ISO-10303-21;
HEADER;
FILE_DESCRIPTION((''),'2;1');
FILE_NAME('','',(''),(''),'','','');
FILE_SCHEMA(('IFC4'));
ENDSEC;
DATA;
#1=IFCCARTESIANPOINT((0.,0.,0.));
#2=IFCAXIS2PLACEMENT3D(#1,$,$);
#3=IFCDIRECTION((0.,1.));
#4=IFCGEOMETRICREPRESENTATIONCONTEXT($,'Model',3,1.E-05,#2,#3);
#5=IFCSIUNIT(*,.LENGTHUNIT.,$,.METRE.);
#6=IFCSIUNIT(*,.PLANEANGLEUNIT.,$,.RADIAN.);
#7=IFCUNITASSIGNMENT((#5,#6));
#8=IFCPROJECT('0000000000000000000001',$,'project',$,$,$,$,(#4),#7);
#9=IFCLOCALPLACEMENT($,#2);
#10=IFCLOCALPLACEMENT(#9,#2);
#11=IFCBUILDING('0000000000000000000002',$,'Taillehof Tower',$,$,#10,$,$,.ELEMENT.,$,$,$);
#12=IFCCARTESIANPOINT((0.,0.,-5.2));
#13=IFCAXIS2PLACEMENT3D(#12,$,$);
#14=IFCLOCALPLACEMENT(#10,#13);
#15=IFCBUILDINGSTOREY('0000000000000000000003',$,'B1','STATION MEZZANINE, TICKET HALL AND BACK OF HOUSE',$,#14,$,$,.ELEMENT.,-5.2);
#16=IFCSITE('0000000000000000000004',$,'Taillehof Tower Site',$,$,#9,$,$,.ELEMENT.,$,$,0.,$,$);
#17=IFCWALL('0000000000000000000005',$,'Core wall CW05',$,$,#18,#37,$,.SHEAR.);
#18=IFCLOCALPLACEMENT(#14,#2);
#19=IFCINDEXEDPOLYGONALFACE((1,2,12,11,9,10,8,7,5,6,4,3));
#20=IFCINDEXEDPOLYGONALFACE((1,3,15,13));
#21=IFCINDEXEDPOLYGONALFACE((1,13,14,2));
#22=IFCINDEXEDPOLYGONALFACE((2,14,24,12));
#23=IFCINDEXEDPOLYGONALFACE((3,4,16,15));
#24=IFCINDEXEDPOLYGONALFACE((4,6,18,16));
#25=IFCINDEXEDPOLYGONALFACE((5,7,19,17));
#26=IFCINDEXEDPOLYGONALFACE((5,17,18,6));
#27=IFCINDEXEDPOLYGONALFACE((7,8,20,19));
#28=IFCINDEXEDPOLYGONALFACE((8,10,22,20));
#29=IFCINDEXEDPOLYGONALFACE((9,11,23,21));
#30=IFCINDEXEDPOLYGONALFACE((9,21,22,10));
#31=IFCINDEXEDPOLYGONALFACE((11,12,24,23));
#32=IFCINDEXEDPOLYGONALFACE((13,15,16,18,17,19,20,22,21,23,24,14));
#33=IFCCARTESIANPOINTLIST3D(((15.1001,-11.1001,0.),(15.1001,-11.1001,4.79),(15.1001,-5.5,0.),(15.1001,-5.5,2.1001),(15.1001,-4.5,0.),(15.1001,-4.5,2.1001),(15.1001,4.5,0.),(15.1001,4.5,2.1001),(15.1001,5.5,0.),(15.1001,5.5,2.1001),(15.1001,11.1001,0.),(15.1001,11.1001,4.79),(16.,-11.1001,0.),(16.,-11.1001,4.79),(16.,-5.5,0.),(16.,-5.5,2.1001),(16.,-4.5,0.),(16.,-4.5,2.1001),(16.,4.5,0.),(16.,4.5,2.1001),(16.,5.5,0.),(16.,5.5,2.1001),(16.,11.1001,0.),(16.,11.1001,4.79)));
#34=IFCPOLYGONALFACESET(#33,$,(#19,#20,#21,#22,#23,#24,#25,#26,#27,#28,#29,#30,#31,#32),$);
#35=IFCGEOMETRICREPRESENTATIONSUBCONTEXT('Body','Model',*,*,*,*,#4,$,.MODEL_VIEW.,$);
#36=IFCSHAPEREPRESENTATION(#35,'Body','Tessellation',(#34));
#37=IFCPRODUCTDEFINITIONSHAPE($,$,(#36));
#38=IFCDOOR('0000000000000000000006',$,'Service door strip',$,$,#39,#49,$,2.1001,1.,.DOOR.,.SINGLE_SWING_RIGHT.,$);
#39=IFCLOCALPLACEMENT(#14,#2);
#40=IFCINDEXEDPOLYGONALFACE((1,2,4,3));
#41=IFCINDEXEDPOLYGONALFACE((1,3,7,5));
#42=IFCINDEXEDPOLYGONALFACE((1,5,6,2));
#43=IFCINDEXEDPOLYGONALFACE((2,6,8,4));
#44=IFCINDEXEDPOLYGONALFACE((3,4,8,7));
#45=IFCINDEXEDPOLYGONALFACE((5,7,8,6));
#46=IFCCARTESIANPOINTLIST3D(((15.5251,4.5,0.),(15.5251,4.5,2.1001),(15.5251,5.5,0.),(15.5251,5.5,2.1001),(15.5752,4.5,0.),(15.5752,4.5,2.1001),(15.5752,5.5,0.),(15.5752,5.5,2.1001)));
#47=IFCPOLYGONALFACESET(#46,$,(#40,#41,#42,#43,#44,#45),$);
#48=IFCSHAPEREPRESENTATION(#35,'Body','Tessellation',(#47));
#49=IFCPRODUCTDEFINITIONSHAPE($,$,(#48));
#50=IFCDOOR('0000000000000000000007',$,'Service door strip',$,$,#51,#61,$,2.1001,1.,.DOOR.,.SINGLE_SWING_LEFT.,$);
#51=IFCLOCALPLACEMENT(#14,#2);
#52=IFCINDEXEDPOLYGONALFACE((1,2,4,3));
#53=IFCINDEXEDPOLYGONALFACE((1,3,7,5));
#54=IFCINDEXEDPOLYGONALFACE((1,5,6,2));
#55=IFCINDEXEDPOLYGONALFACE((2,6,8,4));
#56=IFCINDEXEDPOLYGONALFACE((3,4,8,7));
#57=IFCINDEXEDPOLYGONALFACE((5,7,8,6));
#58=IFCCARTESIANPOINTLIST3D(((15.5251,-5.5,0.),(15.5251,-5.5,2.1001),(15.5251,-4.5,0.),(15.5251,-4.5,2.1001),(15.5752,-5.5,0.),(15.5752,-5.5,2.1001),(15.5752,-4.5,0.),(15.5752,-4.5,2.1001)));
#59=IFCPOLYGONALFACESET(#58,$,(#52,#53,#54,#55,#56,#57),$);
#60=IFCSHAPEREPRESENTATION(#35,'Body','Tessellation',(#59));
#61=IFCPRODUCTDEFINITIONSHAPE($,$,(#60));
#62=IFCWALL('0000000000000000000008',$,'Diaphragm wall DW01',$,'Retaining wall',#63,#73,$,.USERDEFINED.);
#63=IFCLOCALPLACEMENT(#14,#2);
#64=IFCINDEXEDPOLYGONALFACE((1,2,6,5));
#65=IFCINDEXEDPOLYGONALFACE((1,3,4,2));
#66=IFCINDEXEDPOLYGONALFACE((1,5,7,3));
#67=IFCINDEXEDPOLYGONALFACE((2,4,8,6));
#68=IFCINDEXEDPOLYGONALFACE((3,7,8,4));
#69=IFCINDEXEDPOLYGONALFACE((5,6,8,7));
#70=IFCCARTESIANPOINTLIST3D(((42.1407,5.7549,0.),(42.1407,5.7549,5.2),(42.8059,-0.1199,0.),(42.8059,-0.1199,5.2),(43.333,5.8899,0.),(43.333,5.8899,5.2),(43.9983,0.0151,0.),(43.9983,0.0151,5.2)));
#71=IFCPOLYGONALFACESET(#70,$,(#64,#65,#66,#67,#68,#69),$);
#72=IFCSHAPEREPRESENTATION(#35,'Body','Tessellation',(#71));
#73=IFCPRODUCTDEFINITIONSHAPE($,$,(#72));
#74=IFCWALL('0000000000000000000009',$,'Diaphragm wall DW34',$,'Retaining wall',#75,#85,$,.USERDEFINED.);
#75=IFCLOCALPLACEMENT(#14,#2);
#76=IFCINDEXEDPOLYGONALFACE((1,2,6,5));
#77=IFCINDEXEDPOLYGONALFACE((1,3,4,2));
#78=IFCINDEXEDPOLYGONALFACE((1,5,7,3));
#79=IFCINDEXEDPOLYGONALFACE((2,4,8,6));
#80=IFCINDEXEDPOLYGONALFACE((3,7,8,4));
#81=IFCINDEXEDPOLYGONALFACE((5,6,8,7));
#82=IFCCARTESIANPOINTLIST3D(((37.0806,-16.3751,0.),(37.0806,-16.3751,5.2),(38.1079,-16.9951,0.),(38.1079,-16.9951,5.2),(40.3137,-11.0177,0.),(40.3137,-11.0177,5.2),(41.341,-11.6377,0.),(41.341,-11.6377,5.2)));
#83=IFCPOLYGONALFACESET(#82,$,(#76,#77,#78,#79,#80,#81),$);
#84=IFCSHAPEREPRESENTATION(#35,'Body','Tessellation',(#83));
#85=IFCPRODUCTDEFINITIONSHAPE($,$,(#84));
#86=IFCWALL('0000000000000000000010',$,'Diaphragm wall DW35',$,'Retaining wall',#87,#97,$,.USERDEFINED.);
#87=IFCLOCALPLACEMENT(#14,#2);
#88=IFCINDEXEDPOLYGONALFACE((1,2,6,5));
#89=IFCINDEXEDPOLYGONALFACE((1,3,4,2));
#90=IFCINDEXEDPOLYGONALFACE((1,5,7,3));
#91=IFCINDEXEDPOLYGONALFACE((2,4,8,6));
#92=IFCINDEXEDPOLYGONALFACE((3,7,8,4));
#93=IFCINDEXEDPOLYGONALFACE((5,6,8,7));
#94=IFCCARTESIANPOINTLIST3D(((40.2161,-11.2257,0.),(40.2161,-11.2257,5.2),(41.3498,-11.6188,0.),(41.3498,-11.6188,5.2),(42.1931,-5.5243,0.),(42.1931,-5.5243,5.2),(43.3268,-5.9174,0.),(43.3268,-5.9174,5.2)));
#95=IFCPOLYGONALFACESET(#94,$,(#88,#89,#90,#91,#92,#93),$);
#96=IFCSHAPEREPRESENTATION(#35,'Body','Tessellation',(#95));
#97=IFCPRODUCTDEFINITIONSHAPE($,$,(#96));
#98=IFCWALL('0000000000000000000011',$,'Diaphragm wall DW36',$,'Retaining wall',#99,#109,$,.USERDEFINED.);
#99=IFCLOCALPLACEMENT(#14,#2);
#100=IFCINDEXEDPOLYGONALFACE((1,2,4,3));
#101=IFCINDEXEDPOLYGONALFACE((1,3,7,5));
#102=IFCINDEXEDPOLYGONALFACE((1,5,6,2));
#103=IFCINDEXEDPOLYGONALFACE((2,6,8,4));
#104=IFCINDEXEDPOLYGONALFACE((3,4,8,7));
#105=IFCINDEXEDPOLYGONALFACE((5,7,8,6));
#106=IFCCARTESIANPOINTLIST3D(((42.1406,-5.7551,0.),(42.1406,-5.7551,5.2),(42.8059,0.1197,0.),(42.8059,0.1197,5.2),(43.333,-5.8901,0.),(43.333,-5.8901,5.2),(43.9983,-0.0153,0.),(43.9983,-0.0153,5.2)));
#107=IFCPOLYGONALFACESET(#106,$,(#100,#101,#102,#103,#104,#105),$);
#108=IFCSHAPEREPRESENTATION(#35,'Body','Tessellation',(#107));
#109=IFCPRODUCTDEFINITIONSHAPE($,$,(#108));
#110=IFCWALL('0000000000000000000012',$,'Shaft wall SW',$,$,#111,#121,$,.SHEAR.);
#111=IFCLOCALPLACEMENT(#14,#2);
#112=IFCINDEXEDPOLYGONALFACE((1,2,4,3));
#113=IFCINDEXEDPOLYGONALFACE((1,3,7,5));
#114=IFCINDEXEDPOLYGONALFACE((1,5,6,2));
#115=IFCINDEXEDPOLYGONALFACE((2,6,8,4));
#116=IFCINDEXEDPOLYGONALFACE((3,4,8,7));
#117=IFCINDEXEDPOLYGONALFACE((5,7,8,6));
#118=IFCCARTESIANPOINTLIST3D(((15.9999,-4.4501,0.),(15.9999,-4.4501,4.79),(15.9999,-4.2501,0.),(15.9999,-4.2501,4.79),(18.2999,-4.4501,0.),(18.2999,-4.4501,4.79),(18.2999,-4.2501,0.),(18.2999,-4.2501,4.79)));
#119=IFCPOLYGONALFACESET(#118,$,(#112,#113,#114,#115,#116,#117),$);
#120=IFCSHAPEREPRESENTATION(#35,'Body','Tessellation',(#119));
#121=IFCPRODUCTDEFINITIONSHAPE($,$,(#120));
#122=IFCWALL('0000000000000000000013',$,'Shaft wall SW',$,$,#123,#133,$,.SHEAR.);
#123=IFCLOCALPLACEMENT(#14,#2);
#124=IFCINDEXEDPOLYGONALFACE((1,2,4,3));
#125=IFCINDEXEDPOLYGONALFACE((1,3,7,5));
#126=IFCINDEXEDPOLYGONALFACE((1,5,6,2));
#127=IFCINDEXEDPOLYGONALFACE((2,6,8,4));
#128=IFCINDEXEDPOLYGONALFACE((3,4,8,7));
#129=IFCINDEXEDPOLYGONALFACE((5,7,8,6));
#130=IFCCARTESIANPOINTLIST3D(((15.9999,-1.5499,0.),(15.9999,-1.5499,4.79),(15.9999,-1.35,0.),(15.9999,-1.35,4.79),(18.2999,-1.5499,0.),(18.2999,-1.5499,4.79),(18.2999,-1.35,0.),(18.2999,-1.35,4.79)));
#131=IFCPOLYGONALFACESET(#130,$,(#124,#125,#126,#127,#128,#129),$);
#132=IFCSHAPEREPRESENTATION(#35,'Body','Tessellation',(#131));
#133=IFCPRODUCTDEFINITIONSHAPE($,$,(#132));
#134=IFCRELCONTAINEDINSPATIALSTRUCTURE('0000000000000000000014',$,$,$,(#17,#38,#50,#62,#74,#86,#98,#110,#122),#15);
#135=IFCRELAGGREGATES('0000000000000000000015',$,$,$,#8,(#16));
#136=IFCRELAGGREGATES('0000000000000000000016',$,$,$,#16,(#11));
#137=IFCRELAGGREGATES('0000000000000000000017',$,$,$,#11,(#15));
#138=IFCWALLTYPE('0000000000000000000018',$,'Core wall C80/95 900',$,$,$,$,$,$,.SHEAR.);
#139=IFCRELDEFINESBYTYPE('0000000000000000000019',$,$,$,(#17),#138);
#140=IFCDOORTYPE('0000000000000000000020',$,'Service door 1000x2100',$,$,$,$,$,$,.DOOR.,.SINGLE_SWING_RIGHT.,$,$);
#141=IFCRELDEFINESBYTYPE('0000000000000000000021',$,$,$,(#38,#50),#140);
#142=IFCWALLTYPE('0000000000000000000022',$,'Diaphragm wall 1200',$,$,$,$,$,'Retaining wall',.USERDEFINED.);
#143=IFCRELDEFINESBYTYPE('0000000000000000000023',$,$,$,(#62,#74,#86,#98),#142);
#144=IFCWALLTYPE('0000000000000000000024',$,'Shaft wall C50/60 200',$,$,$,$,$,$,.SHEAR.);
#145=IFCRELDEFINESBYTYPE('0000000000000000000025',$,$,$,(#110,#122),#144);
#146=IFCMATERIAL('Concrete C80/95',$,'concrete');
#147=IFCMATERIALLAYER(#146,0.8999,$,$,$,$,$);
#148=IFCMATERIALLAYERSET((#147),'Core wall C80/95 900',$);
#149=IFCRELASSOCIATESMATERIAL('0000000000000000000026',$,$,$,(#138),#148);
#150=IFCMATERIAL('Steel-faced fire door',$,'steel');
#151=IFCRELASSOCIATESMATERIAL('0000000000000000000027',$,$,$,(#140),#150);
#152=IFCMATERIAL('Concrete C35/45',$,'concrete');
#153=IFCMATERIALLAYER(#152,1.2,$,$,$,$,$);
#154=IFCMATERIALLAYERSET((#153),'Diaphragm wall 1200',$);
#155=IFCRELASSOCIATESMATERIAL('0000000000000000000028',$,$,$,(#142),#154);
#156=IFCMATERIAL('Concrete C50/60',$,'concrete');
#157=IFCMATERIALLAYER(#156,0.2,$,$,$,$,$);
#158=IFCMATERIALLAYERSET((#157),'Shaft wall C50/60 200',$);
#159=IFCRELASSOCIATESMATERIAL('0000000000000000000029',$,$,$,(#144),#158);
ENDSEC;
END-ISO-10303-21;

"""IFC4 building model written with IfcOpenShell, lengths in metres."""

from ifc_helpers import new_model, si_unit, direction, frame, frame_2d, origin, place, context, subcontext, project, spatial, rectangle, extrude, material, layer, layer_set, type_object, element, fill, save


model = new_model("IFC4")

# Units and contexts
model_context = context("Model", 3, precision=1e-05, world=origin(), true_north=direction((0.0, 1.0)))
body_context = subcontext(model_context, "Body", "Model", "MODEL_VIEW")
ifc_project = project(units=[si_unit("LENGTHUNIT", "METRE"), si_unit("PLANEANGLEUNIT", "RADIAN")], contexts=[model_context])

# Site, building, storey
site_placement = place(None, origin())
site = spatial("IfcSite", under=ifc_project, at=site_placement, Name="Taillehof Tower Site", CompositionType="ELEMENT", RefElevation=0.0)
building_placement = place(site_placement, origin())
building = spatial("IfcBuilding", under=site, at=building_placement, Name="Taillehof Tower", CompositionType="ELEMENT")
storey_placement = place(building_placement, frame((0.0, 0.0, -5.2)))
storey = spatial("IfcBuildingStorey", under=building, at=storey_placement, Name="B1", Description="STATION MEZZANINE, TICKET HALL AND BACK OF HOUSE", CompositionType="ELEMENT", Elevation=-5.2)

# Shared definitions
ifc_material_1 = material(Name="Concrete C80/95", Category="concrete")
ifc_layer_1 = layer(ifc_material_1, 0.8999)
ifc_layer_set_1 = layer_set([ifc_layer_1], Name="Core wall C80/95 900")
wall_type_1 = type_object("IfcWallType", Name="Core wall C80/95 900", PredefinedType="SHEAR", material=ifc_layer_set_1)

# Wall, openings, doors
wall_1_placement = place(storey_placement, frame((15.55, -11.1001, 0.0), z_axis=(0.0, 0.0, 1.0), x_axis=(0.0, 1.0, 0.0)))
wall_1 = element("IfcWall", 1, at=wall_1_placement, inside=storey, type_object=wall_type_1, Name="Core wall CW05", PredefinedType="SHEAR", context=body_context, shape_type="SweptSolid", body=[
    extrude(rectangle(XDim=22.2002, YDim=0.8999, at=frame_2d((11.1001, 0.0))), origin(), (0.0, 0.0, 1.0), 4.79),
])
opening_1_placement = place(wall_1_placement, frame((15.6001, 0.0, 0.0)))
opening_1 = element("IfcOpeningElement", 2, at=opening_1_placement, cuts=wall_1, PredefinedType="OPENING", context=body_context, shape_type="SweptSolid", body=[
    extrude(rectangle(XDim=1.0, YDim=2.1001, at=frame_2d((0.5, 1.05))), frame((0.0, 0.46, 0.0), z_axis=(0.0, -1.0, 0.0), x_axis=(1.0, 0.0, 0.0)), (0.0, 0.0, 1.0), 0.9199),
])
opening_2_placement = place(wall_1_placement, frame((5.6001, 0.0, 0.0)))
opening_2 = element("IfcOpeningElement", 3, at=opening_2_placement, cuts=wall_1, PredefinedType="OPENING", context=body_context, shape_type="SweptSolid", body=[
    extrude(rectangle(XDim=1.0, YDim=2.1001, at=frame_2d((0.5, 1.05))), frame((0.0, 0.46, 0.0), z_axis=(0.0, -1.0, 0.0), x_axis=(1.0, 0.0, 0.0)), (0.0, 0.0, 1.0), 0.9199),
])
ifc_material_2 = material(Name="Steel-faced fire door", Category="steel")
door_type_1 = type_object("IfcDoorType", Name="Service door 1000x2100", OperationType="SINGLE_SWING_RIGHT", PredefinedType="DOOR", material=ifc_material_2)
door_1_placement = place(opening_1_placement, origin())
door_1 = element("IfcDoor", 4, at=door_1_placement, inside=storey, type_object=door_type_1, Name="Service door strip", OperationType="SINGLE_SWING_RIGHT", OverallHeight=2.1001, OverallWidth=1.0, PredefinedType="DOOR", context=body_context, shape_type="SweptSolid", body=[
    extrude(rectangle(XDim=1.0, YDim=2.1001, at=frame_2d((0.5, 1.05))), frame((0.0, 0.0249, 0.0), z_axis=(0.0, -1.0, 0.0), x_axis=(1.0, 0.0, 0.0)), (0.0, 0.0, 1.0), 0.05),
])
fill(opening_1, door_1)
door_2_placement = place(opening_2_placement, origin())
door_2 = element("IfcDoor", 5, at=door_2_placement, inside=storey, type_object=door_type_1, Name="Service door strip", OperationType="SINGLE_SWING_LEFT", OverallHeight=2.1001, OverallWidth=1.0, PredefinedType="DOOR", context=body_context, shape_type="SweptSolid", body=[
    extrude(rectangle(XDim=1.0, YDim=2.1001, at=frame_2d((0.5, 1.05))), frame((0.0, 0.0249, 0.0), z_axis=(0.0, -1.0, 0.0), x_axis=(1.0, 0.0, 0.0)), (0.0, 0.0, 1.0), 0.05),
])
fill(opening_2, door_2)

# Walls
ifc_material_3 = material(Name="Concrete C35/45", Category="concrete")
ifc_layer_2 = layer(ifc_material_3, 1.2)
ifc_layer_set_2 = layer_set([ifc_layer_2], Name="Diaphragm wall 1200")
wall_type_2 = type_object("IfcWallType", Name="Diaphragm wall 1200", ElementType="Retaining wall", PredefinedType="USERDEFINED", material=ifc_layer_set_2)
wall_2_placement = place(storey_placement, frame((43.4021, -0.0522, 0.0), z_axis=(0.0, 0.0, 1.0), x_axis=(-0.112525, 0.993649, 0.0)))
element("IfcWall", 6, at=wall_2_placement, inside=storey, type_object=wall_type_2, Name="Diaphragm wall DW01", ObjectType="Retaining wall", PredefinedType="USERDEFINED", context=body_context, shape_type="SweptSolid", body=[
    extrude(rectangle(XDim=5.9124, YDim=1.2, at=frame_2d((2.9561, 0.0))), origin(), (0.0, 0.0, 1.0), 5.2),
])
wall_3_placement = place(storey_placement, frame((37.5942, -16.6851, 0.0), z_axis=(0.0, 0.0, 1.0), x_axis=(0.516692, 0.856172, 0.0)))
element("IfcWall", 7, at=wall_3_placement, inside=storey, type_object=wall_type_2, Name="Diaphragm wall DW34", ObjectType="Retaining wall", PredefinedType="USERDEFINED", context=body_context, shape_type="SweptSolid", body=[
    extrude(rectangle(XDim=6.2573, YDim=1.2, at=frame_2d((3.1287, 0.0))), origin(), (0.0, 0.0, 1.0), 5.2),
])
wall_4_placement = place(storey_placement, frame((40.783, -11.4221, 0.0), z_axis=(0.0, 0.0, 1.0), x_axis=(0.327626, 0.944807, 0.0)))
element("IfcWall", 8, at=wall_4_placement, inside=storey, type_object=wall_type_2, Name="Diaphragm wall DW35", ObjectType="Retaining wall", PredefinedType="USERDEFINED", context=body_context, shape_type="SweptSolid", body=[
    extrude(rectangle(XDim=6.0344, YDim=1.2, at=frame_2d((3.0171, 0.0))), origin(), (0.0, 0.0, 1.0), 5.2),
])
wall_5_placement = place(storey_placement, frame((42.7368, -5.8225, 0.0), z_axis=(0.0, 0.0, 1.0), x_axis=(0.112525, 0.993649, 0.0)))
element("IfcWall", 9, at=wall_5_placement, inside=storey, type_object=wall_type_2, Name="Diaphragm wall DW36", ObjectType="Retaining wall", PredefinedType="USERDEFINED", context=body_context, shape_type="SweptSolid", body=[
    extrude(rectangle(XDim=5.9124, YDim=1.2, at=frame_2d((2.9561, 0.0))), origin(), (0.0, 0.0, 1.0), 5.2),
])
ifc_material_4 = material(Name="Concrete C50/60", Category="concrete")
ifc_layer_3 = layer(ifc_material_4, 0.2)
ifc_layer_set_3 = layer_set([ifc_layer_3], Name="Shaft wall C50/60 200")
wall_type_3 = type_object("IfcWallType", Name="Shaft wall C50/60 200", PredefinedType="SHEAR", material=ifc_layer_set_3)
for number, where, z_axis, x_axis, name in (
    (10, (16.0, -4.3501, 0.0), (0.0, 0.0, 1.0), (1.0, 0.0, 0.0), "Shaft wall SW"),
    (11, (16.0, -1.45, 0.0), (0.0, 0.0, 1.0), (1.0, 0.0, 0.0), "Shaft wall SW"),
):
    element("IfcWall", number, at=place(storey_placement, frame(where, z_axis=z_axis, x_axis=x_axis)), inside=storey, type_object=wall_type_3, Name=name, PredefinedType="SHEAR", context=body_context, shape_type="SweptSolid", body=[
        extrude(rectangle(XDim=2.3, YDim=0.2, at=frame_2d((1.1499, 0.0))), origin(), (0.0, 0.0, 1.0), 4.79),
    ])

save(model, "model.ifc")
